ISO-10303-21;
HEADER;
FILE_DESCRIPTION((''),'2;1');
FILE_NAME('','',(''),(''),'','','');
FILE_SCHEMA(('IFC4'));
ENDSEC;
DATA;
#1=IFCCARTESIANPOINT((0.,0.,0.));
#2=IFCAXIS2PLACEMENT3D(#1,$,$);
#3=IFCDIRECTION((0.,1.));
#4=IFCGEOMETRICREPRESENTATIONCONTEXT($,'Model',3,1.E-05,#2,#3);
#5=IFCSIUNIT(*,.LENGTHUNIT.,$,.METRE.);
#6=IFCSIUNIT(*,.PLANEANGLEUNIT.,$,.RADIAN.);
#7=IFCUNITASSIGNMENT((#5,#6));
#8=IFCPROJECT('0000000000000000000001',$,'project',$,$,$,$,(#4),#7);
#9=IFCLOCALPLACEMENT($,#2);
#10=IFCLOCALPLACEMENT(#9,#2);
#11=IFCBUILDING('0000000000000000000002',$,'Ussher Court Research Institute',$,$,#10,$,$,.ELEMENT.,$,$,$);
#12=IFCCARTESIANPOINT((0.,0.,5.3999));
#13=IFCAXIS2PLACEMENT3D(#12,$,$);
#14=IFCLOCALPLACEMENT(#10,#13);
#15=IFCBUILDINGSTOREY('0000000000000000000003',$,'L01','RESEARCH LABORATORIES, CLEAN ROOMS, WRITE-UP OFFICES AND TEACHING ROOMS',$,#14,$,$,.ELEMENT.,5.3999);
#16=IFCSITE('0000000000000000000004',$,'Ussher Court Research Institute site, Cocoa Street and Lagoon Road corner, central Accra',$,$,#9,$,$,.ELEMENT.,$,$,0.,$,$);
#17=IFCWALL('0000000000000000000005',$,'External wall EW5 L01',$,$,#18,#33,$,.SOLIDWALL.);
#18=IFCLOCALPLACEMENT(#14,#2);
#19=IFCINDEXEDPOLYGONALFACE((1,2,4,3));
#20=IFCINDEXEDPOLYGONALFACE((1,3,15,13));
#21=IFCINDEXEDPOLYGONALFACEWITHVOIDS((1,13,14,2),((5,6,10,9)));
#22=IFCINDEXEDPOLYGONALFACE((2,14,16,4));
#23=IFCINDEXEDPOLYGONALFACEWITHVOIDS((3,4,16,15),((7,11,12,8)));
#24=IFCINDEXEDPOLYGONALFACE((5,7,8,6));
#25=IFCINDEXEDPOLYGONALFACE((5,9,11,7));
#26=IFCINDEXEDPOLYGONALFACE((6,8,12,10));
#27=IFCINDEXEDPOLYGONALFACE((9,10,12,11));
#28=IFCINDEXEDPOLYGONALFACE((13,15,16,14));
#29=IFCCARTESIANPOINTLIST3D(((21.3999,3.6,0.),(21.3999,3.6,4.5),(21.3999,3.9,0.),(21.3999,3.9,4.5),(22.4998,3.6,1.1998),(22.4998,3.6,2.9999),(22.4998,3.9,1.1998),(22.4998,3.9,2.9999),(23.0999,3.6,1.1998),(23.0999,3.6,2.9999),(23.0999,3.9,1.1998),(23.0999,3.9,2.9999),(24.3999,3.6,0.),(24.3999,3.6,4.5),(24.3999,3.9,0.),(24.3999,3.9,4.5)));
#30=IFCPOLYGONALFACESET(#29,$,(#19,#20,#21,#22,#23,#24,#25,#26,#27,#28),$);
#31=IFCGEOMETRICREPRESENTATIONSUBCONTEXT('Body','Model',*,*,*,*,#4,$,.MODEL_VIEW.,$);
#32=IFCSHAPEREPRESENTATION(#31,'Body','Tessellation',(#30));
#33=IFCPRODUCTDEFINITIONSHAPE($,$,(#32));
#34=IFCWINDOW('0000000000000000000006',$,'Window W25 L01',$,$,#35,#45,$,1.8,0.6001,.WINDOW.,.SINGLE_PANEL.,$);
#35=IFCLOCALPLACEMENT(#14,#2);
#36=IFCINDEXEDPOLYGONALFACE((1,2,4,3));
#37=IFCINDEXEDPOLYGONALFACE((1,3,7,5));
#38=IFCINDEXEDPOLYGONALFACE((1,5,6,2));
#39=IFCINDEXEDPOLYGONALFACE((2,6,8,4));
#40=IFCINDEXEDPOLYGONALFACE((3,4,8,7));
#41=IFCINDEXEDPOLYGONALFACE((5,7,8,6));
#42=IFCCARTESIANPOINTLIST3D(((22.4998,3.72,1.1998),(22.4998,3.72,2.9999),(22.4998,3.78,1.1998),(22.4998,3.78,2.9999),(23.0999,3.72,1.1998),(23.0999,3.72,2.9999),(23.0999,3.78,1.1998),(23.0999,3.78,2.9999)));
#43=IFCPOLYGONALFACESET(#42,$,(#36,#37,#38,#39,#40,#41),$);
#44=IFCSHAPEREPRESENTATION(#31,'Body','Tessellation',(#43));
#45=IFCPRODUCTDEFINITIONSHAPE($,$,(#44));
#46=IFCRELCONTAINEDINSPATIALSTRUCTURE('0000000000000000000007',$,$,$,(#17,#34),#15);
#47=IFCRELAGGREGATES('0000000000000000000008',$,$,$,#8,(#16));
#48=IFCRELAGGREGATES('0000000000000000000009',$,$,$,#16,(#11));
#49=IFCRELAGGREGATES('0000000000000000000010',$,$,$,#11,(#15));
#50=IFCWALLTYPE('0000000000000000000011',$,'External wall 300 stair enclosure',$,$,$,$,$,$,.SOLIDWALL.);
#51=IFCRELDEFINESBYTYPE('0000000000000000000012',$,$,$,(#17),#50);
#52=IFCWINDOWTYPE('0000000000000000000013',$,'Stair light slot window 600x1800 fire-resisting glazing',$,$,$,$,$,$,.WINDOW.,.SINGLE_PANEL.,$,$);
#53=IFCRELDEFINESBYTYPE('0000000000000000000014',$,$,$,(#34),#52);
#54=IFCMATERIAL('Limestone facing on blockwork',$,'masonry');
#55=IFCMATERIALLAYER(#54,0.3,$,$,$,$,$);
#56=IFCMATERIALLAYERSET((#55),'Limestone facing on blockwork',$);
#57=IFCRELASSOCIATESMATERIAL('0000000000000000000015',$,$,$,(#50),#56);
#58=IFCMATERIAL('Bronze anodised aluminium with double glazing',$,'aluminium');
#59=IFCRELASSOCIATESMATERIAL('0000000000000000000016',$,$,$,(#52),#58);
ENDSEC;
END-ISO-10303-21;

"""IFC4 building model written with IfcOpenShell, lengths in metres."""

from ifc_helpers import new_model, si_unit, direction, frame, frame_2d, origin, place, context, subcontext, project, spatial, rectangle, extrude, material, layer, layer_set, type_object, element, fill, save


model = new_model("IFC4")

# Units and contexts
model_context = context("Model", 3, precision=1e-05, world=origin(), true_north=direction((0.0, 1.0)))
body_context = subcontext(model_context, "Body", "Model", "MODEL_VIEW")
ifc_project = project(units=[si_unit("LENGTHUNIT", "METRE"), si_unit("PLANEANGLEUNIT", "RADIAN")], contexts=[model_context])

# Site, building, storey
site_placement = place(None, origin())
site = spatial("IfcSite", under=ifc_project, at=site_placement, Name="Ussher Court Research Institute site, Cocoa Street and Lagoon Road corner, central Accra", CompositionType="ELEMENT", RefElevation=0.0)
building_placement = place(site_placement, origin())
building = spatial("IfcBuilding", under=site, at=building_placement, Name="Ussher Court Research Institute", CompositionType="ELEMENT")
storey_placement = place(building_placement, frame((0.0, 0.0, 5.3999)))
storey = spatial("IfcBuildingStorey", under=building, at=storey_placement, Name="L01", Description="RESEARCH LABORATORIES, CLEAN ROOMS, WRITE-UP OFFICES AND TEACHING ROOMS", CompositionType="ELEMENT", Elevation=5.3999)

# Shared definitions
ifc_material_1 = material(Name="Limestone facing on blockwork", Category="masonry")
ifc_layer_1 = layer(ifc_material_1, 0.3)
ifc_layer_set_1 = layer_set([ifc_layer_1], Name="Limestone facing on blockwork")
wall_type = type_object("IfcWallType", Name="External wall 300 stair enclosure", PredefinedType="SOLIDWALL", material=ifc_layer_set_1)

# Wall, opening, window
wall_1_placement = place(storey_placement, frame((24.3999, 3.75, 0.0), z_axis=(0.0, 0.0, 1.0), x_axis=(-1.0, 0.0, 0.0)))
wall_1 = element("IfcWall", 1, at=wall_1_placement, inside=storey, type_object=wall_type, Name="External wall EW5 L01", PredefinedType="SOLIDWALL", context=body_context, shape_type="SweptSolid", body=[
    extrude(rectangle(XDim=3.0, YDim=0.3, at=frame_2d((1.5, 0.0))), origin(), (0.0, 0.0, 1.0), 4.5),
])
opening_placement = place(wall_1_placement, frame((1.3, 0.0, 1.2)))
opening = element("IfcOpeningElement", 2, at=opening_placement, cuts=wall_1, PredefinedType="OPENING", context=body_context, shape_type="SweptSolid", body=[
    extrude(rectangle(XDim=0.6001, YDim=1.8, at=frame_2d((0.3, 0.8999))), frame((0.0, 0.1602, 0.0), z_axis=(0.0, -1.0, 0.0), x_axis=(1.0, 0.0, 0.0)), (0.0, 0.0, 1.0), 0.3201),
])
ifc_material_2 = material(Name="Bronze anodised aluminium with double glazing", Category="aluminium")
window_type = type_object("IfcWindowType", Name="Stair light slot window 600x1800 fire-resisting glazing", PartitioningType="SINGLE_PANEL", PredefinedType="WINDOW", material=ifc_material_2)
window_placement = place(opening_placement, origin())
window = element("IfcWindow", 3, at=window_placement, inside=storey, type_object=window_type, Name="Window W25 L01", OverallHeight=1.8, OverallWidth=0.6001, PartitioningType="SINGLE_PANEL", PredefinedType="WINDOW", context=body_context, shape_type="SweptSolid", body=[
    extrude(rectangle(XDim=0.6001, YDim=1.8, at=frame_2d((0.3, 0.8999))), frame((0.0, 0.03, 0.0), z_axis=(0.0, -1.0, 0.0), x_axis=(1.0, 0.0, 0.0)), (0.0, 0.0, 1.0), 0.0601),
])
fill(opening, window)

save(model, "model.ifc")
